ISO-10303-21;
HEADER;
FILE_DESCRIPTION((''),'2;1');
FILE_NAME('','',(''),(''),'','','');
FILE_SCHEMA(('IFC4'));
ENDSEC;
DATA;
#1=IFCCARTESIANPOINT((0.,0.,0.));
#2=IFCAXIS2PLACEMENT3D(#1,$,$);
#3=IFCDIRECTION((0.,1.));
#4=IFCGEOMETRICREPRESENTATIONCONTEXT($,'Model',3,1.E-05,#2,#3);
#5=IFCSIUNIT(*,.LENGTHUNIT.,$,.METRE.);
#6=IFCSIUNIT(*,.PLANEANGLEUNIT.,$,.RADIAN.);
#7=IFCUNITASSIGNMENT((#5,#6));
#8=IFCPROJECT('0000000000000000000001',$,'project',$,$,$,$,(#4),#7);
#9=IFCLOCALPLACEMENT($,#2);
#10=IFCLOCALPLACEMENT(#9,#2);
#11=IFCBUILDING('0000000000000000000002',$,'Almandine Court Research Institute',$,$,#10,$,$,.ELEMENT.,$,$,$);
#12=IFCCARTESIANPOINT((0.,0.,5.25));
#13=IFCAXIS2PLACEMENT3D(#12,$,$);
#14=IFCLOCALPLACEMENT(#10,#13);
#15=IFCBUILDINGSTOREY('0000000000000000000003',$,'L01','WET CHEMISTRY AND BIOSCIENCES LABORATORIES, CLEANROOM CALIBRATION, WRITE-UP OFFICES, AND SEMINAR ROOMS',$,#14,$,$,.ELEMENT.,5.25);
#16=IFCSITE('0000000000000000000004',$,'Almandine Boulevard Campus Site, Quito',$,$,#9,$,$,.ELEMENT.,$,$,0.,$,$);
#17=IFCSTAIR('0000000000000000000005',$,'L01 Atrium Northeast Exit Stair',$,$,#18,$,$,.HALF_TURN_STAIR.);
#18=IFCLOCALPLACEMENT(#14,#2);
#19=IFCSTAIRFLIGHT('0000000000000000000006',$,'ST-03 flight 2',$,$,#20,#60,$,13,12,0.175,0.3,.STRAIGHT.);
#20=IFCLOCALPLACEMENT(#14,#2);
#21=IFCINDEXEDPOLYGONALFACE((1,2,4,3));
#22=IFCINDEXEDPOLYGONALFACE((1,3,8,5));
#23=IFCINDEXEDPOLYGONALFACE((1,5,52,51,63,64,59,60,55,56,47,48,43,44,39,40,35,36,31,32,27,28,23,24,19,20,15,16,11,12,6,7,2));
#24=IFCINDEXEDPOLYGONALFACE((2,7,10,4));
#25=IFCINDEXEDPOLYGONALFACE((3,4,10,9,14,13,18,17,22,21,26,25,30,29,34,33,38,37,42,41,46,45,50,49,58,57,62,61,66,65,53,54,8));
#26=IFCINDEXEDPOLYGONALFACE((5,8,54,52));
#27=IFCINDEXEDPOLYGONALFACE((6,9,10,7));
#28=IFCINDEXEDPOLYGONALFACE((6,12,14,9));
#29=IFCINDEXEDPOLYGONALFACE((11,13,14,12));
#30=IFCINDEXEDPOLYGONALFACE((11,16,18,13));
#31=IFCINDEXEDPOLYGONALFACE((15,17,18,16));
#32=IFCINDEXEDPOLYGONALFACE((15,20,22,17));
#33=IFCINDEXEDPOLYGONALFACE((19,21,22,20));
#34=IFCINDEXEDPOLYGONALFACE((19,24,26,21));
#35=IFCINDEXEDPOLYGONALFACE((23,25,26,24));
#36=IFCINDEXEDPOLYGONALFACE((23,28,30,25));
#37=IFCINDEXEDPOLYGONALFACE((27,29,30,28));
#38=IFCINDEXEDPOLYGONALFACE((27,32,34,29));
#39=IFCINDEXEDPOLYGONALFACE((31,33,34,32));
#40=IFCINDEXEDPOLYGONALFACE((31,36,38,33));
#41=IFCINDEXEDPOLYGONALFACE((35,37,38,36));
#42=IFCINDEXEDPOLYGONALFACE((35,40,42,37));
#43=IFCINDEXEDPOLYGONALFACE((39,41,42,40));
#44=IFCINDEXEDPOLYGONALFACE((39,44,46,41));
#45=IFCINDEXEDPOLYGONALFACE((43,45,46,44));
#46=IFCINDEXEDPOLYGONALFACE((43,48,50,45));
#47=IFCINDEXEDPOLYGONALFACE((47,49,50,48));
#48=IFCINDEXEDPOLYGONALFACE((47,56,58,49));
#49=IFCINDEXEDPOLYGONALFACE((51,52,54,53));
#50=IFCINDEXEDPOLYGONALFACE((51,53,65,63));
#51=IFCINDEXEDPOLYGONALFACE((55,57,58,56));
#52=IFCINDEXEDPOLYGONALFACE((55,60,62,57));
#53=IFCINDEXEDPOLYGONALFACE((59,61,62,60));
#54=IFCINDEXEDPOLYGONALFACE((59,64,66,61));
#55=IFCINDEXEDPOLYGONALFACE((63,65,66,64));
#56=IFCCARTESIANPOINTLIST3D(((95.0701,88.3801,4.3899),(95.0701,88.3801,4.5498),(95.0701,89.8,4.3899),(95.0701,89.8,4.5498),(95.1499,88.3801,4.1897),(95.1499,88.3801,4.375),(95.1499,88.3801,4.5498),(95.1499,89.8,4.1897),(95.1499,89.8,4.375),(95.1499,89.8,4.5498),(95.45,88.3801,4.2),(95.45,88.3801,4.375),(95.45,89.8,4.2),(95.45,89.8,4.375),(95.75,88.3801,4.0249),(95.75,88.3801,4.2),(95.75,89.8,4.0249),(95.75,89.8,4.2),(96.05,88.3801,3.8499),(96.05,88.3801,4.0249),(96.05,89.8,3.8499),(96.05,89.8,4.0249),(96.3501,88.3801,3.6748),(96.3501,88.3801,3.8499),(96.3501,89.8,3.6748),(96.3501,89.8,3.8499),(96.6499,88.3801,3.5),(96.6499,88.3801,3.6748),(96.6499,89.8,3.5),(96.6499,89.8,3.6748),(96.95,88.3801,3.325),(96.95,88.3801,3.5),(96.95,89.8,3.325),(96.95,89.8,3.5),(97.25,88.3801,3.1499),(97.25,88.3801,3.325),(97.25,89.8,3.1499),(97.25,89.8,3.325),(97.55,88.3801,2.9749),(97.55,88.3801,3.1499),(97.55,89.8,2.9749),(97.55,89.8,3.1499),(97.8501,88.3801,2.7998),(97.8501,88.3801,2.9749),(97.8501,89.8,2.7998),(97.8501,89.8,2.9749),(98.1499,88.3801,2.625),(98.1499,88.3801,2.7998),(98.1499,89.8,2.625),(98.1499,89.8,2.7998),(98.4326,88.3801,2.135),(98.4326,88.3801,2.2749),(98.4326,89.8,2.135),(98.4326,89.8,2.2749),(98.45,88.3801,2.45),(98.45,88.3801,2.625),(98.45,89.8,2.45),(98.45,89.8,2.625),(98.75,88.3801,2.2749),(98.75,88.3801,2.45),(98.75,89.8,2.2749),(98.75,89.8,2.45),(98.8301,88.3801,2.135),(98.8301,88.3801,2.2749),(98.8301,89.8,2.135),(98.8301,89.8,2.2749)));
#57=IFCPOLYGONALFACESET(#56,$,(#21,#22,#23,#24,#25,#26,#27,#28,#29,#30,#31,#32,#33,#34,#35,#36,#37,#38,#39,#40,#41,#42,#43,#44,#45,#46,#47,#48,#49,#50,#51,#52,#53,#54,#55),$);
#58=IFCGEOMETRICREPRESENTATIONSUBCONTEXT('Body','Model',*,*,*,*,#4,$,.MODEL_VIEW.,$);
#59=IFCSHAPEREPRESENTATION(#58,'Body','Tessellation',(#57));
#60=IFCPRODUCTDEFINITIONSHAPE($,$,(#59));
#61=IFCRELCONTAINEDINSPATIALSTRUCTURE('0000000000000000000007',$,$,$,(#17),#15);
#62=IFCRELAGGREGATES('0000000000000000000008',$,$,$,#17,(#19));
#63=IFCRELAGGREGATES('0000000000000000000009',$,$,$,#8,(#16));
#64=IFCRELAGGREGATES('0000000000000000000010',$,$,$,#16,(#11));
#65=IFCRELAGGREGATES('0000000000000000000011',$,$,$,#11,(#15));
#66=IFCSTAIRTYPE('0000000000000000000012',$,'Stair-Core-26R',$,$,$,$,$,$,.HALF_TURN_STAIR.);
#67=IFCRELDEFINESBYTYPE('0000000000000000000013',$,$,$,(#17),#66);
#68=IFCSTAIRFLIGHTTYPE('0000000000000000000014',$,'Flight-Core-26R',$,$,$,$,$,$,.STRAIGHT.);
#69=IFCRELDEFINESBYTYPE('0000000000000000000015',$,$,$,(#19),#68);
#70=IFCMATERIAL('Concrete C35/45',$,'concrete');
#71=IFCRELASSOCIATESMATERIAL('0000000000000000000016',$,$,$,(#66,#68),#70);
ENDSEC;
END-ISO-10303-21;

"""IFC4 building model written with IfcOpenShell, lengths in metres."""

from ifc_helpers import new_model, si_unit, direction, frame, origin, place, context, subcontext, project, spatial, polyline, outline, extrude, material, type_object, element, aggregate, save


model = new_model("IFC4")

# Units and contexts
model_context = context("Model", 3, precision=1e-05, world=origin(), true_north=direction((0.0, 1.0)))
body_context = subcontext(model_context, "Body", "Model", "MODEL_VIEW")
ifc_project = project(units=[si_unit("LENGTHUNIT", "METRE"), si_unit("PLANEANGLEUNIT", "RADIAN")], contexts=[model_context])

# Site, building, storey
site_placement = place(None, origin())
site = spatial("IfcSite", under=ifc_project, at=site_placement, Name="Almandine Boulevard Campus Site, Quito", CompositionType="ELEMENT", RefElevation=0.0)
building_placement = place(site_placement, origin())
building = spatial("IfcBuilding", under=site, at=building_placement, Name="Almandine Court Research Institute", CompositionType="ELEMENT")
storey_placement = place(building_placement, frame((0.0, 0.0, 5.25)))
storey = spatial("IfcBuildingStorey", under=building, at=storey_placement, Name="L01", Description="WET CHEMISTRY AND BIOSCIENCES LABORATORIES, CLEANROOM CALIBRATION, WRITE-UP OFFICES, AND SEMINAR ROOMS", CompositionType="ELEMENT", Elevation=5.25)

# Stair, stair flight
ifc_material_1 = material(Name="Concrete C35/45", Category="concrete")
stair_type = type_object("IfcStairType", Name="Stair-Core-26R", PredefinedType="HALF_TURN_STAIR", material=ifc_material_1)
stair_placement = place(storey_placement, origin())
stair = element("IfcStair", 1, at=stair_placement, inside=storey, type_object=stair_type, Name="L01 Atrium Northeast Exit Stair", PredefinedType="HALF_TURN_STAIR")
stair_flight_type = type_object("IfcStairFlightType", Name="Flight-Core-26R", PredefinedType="STRAIGHT", material=ifc_material_1)
stair_flight_1_placement = place(storey_placement, frame((98.75, 89.0901, 2.2749), z_axis=(0.0, 0.0, 1.0), x_axis=(-1.0, 0.0, 0.0)))
stair_flight_1 = element("IfcStairFlight", 2, at=stair_flight_1_placement, type_object=stair_flight_type, Name="ST-03 flight 2", NumberOfRisers=13, NumberOfTreads=12, PredefinedType="STRAIGHT", RiserHeight=0.175, TreadLength=0.3, context=body_context, shape_type="SweptSolid", body=[
    extrude(outline(polyline([(-0.0801, -0.1399), (-0.0801, 0.0), (0.0, 0.0), (0.0, 0.175), (0.3, 0.175), (0.3, 0.3501), (0.6001, 0.3501), (0.6001, 0.5249), (0.8999, 0.5249), (0.8999, 0.7), (1.2, 0.7), (1.2, 0.875), (1.5, 0.875), (1.5, 1.05), (1.8, 1.05), (1.8, 1.2251), (2.1001, 1.2251), (2.1001, 1.3999), (2.3999, 1.3999), (2.3999, 1.575), (2.7, 1.575), (2.7, 1.75), (3.0, 1.75), (3.0, 1.925), (3.3, 1.925), (3.3, 2.1001), (3.6001, 2.1001), (3.6001, 2.2749), (3.6799, 2.2749), (3.6799, 2.115), (3.6001, 1.9148), (0.3174, 0.0), (0.3174, -0.1399), (-0.0801, -0.1399)])), frame((0.0, 0.71, 0.0), z_axis=(0.0, -1.0, 0.0), x_axis=(1.0, 0.0, 0.0)), (0.0, 0.0, 1.0), 1.4199),
])
aggregate(stair, [stair_flight_1])

save(model, "model.ifc")
